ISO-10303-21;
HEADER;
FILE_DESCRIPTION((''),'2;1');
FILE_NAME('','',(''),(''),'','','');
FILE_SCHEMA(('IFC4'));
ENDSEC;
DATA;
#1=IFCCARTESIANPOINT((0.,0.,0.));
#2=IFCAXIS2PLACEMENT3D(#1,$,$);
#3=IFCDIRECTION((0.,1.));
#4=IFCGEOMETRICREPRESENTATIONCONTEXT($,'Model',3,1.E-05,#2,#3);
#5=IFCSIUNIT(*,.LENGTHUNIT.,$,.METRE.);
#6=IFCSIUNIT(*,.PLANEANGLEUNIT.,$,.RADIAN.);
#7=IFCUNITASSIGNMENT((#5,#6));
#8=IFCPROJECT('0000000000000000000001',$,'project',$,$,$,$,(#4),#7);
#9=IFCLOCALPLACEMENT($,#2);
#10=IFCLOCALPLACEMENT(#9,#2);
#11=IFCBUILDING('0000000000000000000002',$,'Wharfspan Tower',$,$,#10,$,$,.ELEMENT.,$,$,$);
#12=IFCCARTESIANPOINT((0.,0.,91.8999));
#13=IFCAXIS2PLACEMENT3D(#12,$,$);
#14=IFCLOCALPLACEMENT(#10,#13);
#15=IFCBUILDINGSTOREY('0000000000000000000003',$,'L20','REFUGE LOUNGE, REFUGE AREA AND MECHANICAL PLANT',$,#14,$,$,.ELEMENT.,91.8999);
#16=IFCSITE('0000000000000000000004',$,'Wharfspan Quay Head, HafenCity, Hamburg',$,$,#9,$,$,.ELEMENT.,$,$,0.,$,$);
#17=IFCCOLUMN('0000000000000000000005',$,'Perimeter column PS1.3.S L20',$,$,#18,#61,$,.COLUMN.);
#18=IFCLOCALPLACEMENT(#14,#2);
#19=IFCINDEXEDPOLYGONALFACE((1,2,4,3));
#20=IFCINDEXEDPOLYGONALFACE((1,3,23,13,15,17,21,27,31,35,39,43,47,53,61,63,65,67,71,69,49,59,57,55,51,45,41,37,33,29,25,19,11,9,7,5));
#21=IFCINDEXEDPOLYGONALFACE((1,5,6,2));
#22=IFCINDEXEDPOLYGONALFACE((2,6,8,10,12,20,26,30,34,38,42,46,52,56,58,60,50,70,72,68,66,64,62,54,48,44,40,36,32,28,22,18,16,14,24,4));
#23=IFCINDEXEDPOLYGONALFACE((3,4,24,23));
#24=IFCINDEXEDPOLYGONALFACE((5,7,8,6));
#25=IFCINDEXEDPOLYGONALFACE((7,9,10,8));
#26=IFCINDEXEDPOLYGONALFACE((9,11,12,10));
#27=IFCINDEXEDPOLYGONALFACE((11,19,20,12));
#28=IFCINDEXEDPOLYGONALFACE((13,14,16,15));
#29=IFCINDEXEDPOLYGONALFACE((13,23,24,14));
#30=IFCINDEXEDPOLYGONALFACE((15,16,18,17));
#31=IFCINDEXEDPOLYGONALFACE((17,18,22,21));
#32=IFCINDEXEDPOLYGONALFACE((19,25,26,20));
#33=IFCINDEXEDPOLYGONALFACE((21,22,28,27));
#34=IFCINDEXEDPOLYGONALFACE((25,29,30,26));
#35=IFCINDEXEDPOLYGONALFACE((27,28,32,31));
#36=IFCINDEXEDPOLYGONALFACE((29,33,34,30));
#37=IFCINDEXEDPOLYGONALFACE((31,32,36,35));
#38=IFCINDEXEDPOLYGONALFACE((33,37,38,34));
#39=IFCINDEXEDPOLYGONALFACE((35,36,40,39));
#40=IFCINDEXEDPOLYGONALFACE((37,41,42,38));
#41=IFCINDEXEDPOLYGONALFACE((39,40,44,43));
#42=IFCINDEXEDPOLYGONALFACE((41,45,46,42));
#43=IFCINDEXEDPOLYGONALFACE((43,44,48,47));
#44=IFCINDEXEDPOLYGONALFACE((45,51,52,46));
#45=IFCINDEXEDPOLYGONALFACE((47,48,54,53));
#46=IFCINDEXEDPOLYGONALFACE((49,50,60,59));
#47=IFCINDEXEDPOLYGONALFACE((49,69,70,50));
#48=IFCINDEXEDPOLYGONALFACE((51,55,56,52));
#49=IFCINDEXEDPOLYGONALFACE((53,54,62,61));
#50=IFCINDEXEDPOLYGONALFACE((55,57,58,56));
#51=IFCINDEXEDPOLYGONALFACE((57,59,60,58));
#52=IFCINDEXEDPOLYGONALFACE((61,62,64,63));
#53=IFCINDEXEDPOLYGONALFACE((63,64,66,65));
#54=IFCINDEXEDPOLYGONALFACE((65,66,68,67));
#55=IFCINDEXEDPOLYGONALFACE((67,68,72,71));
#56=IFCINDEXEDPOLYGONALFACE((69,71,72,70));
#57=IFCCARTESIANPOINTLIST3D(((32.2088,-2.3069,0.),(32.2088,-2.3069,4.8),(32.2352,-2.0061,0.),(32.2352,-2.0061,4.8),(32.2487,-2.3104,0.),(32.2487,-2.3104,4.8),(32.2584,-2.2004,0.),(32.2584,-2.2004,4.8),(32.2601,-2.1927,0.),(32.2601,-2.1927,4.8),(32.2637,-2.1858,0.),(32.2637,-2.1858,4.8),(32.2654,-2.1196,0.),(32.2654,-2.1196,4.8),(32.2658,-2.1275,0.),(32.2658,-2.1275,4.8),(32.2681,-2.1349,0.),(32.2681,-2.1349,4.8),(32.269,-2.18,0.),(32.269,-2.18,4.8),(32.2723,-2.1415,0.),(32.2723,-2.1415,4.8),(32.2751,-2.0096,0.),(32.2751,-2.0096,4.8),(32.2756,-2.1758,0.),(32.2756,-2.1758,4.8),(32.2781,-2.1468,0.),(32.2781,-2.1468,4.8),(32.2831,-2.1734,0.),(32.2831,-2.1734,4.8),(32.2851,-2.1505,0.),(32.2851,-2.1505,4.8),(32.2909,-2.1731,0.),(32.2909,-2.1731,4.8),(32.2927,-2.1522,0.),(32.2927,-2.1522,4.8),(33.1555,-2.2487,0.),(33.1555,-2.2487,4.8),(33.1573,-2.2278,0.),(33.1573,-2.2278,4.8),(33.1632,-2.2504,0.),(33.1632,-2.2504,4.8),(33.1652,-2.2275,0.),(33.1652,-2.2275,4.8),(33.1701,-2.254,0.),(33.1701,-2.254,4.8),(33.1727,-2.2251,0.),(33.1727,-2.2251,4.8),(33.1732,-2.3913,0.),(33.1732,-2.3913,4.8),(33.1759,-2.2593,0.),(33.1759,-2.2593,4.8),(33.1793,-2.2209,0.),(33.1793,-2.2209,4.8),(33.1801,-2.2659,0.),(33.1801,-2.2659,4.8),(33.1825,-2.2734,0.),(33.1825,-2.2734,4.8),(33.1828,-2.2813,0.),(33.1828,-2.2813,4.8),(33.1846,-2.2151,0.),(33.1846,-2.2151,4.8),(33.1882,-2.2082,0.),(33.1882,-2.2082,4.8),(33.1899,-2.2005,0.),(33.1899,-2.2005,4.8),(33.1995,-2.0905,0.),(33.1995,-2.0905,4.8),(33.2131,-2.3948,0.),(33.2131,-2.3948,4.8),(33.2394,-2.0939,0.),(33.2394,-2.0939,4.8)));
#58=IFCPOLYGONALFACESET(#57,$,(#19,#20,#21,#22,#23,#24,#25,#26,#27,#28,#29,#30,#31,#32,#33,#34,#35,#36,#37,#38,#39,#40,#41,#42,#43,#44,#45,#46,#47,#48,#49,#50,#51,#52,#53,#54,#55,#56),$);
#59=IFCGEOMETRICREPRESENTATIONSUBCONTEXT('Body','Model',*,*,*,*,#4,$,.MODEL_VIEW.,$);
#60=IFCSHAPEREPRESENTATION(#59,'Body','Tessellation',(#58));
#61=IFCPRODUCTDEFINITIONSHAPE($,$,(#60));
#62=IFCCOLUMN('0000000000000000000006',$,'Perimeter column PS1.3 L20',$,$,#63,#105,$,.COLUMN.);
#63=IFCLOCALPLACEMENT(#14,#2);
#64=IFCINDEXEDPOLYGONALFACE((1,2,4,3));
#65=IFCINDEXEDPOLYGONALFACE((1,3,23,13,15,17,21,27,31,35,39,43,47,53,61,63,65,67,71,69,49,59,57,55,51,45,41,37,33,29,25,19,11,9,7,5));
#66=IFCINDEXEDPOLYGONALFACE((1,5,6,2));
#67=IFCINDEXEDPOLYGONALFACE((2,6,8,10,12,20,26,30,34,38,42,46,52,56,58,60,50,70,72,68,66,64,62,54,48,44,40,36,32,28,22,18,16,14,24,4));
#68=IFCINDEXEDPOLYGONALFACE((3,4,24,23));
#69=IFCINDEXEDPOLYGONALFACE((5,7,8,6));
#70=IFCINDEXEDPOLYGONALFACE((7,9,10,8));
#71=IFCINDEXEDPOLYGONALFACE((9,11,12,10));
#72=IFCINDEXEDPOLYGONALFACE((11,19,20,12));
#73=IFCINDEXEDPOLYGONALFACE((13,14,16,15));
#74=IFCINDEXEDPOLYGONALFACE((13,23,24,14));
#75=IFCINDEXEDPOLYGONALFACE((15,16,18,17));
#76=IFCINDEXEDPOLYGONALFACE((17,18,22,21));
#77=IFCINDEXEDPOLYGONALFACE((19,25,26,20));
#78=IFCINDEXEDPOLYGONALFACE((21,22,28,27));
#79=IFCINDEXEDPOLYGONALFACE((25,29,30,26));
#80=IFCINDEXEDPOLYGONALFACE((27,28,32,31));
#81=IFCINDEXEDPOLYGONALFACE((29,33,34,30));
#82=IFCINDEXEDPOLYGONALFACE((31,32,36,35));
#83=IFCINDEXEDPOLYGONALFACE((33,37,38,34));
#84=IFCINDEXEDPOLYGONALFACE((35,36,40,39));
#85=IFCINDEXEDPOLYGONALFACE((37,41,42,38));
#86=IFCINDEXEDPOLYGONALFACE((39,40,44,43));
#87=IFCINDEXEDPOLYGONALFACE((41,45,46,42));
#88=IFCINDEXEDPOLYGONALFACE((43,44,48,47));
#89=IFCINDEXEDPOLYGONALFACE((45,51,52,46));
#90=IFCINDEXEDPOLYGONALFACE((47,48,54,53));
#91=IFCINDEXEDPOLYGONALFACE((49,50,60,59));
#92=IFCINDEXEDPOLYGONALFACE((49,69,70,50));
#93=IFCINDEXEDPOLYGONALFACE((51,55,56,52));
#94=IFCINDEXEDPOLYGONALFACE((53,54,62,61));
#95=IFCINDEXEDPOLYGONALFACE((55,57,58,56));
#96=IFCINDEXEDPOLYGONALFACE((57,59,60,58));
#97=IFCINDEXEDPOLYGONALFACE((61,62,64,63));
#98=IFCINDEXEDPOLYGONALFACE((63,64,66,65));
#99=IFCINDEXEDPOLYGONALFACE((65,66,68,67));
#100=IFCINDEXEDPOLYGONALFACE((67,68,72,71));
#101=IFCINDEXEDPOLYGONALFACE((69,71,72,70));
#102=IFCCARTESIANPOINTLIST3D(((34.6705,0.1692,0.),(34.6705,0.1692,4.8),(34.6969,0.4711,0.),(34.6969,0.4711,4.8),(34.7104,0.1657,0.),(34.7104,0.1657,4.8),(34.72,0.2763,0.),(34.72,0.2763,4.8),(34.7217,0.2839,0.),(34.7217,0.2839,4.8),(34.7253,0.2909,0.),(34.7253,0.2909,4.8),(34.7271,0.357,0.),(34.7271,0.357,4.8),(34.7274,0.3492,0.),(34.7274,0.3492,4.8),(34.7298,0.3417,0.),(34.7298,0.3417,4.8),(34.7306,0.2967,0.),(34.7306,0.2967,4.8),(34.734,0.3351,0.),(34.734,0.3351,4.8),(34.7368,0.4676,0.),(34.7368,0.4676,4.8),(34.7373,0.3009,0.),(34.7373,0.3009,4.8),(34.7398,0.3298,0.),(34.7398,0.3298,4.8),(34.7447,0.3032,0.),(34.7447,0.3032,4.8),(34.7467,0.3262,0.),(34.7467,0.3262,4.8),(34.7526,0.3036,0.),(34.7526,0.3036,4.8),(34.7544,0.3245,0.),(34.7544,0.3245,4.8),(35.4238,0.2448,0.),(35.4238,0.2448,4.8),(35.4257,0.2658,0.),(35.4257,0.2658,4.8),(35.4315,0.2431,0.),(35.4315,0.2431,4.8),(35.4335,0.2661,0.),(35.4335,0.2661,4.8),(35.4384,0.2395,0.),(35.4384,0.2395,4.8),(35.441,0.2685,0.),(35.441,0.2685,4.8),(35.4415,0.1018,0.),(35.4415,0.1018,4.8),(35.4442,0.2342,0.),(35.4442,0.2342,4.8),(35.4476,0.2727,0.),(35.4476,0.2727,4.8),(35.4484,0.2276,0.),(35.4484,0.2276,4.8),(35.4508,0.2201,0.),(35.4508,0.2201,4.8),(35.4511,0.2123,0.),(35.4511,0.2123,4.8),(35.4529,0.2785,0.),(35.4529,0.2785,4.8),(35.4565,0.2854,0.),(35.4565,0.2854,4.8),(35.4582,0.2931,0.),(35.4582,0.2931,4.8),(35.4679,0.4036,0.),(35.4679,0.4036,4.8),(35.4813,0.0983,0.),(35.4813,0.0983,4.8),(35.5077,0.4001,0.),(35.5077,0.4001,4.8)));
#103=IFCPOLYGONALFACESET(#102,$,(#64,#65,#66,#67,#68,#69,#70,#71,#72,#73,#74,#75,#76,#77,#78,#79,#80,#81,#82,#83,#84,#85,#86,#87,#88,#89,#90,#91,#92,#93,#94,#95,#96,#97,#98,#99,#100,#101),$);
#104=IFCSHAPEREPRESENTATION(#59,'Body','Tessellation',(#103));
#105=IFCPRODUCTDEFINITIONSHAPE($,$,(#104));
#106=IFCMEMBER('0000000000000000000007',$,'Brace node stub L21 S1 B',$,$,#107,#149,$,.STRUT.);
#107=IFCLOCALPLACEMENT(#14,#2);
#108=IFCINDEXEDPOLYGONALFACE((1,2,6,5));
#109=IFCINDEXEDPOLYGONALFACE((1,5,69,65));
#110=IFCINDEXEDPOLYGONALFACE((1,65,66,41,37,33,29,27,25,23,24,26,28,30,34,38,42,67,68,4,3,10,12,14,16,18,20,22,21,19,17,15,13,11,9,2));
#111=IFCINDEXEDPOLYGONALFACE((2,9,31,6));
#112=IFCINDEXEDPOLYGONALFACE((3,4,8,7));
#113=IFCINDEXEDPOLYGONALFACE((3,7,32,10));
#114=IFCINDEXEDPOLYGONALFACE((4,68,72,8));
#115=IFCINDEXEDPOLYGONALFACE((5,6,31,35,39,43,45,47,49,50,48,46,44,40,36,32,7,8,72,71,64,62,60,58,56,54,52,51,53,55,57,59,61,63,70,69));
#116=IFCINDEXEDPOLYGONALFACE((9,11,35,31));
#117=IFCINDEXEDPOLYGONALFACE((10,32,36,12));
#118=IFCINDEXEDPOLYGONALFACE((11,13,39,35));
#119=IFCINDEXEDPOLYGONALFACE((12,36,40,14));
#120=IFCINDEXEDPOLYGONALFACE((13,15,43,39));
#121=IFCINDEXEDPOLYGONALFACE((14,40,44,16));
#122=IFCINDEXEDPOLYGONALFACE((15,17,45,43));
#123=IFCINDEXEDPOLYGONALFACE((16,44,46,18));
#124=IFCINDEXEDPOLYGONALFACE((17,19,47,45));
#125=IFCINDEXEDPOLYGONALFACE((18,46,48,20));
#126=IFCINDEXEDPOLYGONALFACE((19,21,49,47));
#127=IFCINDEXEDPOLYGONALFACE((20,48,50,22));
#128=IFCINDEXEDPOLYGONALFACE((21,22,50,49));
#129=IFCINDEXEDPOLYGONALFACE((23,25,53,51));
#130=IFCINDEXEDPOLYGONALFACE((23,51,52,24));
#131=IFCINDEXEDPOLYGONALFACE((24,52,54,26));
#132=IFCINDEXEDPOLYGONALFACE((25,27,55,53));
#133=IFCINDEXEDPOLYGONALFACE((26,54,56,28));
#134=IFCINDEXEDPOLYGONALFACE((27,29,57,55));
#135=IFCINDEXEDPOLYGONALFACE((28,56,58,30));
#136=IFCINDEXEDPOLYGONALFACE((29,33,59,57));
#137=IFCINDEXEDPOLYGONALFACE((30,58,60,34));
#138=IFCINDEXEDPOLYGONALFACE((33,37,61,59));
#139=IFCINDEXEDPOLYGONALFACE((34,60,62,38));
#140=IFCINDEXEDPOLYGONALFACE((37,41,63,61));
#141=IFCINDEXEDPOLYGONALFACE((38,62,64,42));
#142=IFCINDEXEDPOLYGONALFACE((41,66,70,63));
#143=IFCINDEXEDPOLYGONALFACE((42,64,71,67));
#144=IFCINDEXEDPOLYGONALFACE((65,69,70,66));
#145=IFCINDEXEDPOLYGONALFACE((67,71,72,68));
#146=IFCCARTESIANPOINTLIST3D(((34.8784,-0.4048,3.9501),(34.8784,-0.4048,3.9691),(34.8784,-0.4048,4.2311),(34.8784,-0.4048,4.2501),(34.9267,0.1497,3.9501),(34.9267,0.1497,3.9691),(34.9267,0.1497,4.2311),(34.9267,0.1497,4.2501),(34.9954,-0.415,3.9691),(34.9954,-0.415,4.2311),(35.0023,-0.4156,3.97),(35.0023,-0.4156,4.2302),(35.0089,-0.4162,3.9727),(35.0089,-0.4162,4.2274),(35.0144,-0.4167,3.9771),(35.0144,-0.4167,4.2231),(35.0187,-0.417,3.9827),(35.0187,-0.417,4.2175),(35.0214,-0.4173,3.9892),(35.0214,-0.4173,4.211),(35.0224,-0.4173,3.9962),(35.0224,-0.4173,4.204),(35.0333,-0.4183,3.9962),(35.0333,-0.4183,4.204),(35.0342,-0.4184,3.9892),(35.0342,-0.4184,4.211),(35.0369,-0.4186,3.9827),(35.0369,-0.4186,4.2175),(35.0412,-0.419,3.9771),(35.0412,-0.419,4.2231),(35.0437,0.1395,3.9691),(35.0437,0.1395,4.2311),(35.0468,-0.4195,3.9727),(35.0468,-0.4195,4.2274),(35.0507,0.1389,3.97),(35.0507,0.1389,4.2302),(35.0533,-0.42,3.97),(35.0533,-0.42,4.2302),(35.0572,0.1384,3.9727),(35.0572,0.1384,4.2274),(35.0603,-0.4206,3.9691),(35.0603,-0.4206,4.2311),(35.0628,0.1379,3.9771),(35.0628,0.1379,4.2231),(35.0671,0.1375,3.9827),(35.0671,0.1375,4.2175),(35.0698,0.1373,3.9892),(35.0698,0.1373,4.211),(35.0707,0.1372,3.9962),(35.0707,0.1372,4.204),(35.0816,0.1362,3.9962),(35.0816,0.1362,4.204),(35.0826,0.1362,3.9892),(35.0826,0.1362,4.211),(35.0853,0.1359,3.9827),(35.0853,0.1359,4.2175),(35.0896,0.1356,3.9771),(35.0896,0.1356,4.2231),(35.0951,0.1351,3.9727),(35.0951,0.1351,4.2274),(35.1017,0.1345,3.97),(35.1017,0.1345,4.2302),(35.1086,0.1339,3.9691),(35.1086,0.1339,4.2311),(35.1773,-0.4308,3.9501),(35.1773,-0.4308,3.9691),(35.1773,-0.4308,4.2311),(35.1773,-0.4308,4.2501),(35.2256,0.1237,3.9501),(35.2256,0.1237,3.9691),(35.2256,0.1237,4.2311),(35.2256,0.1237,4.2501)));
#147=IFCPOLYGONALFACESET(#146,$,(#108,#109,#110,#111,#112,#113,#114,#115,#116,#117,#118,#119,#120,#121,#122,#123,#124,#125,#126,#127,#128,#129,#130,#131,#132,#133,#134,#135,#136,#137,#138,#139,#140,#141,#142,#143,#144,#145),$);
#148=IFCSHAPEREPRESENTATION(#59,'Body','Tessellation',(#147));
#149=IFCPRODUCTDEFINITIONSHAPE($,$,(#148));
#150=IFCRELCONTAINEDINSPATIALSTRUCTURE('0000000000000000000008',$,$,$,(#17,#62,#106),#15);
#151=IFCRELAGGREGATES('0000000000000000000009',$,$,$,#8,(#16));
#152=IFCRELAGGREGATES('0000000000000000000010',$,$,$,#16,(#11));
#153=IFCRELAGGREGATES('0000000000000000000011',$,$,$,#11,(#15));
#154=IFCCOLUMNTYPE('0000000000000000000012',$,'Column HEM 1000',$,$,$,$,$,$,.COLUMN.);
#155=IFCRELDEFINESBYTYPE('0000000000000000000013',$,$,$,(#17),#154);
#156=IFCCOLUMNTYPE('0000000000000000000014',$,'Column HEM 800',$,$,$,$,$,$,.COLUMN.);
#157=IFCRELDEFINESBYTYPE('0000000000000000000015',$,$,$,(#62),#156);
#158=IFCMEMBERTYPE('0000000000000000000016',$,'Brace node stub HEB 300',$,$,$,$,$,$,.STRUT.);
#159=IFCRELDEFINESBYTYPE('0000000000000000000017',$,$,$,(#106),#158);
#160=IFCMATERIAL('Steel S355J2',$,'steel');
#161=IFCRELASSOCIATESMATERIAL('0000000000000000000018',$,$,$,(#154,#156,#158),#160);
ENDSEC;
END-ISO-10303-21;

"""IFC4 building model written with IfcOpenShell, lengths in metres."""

from ifc_helpers import new_model, si_unit, direction, frame, origin, origin_2d, place, context, subcontext, project, spatial, i_section, extrude, material, material_profile, profile_set, type_object, element, save


model = new_model("IFC4")

# Units and contexts
model_context = context("Model", 3, precision=1e-05, world=origin(), true_north=direction((0.0, 1.0)))
body_context = subcontext(model_context, "Body", "Model", "MODEL_VIEW")
ifc_project = project(units=[si_unit("LENGTHUNIT", "METRE"), si_unit("PLANEANGLEUNIT", "RADIAN")], contexts=[model_context])

# Site, building, storey
site_placement = place(None, origin())
site = spatial("IfcSite", under=ifc_project, at=site_placement, Name="Wharfspan Quay Head, HafenCity, Hamburg", CompositionType="ELEMENT", RefElevation=0.0)
building_placement = place(site_placement, origin())
building = spatial("IfcBuilding", under=site, at=building_placement, Name="Wharfspan Tower", CompositionType="ELEMENT")
storey_placement = place(building_placement, frame((0.0, 0.0, 91.8999)))
storey = spatial("IfcBuildingStorey", under=building, at=storey_placement, Name="L20", Description="REFUGE LOUNGE, REFUGE AREA AND MECHANICAL PLANT", CompositionType="ELEMENT", Elevation=91.8999)

# Columns
ifc_material_1 = material(Name="Steel S355J2", Category="steel")
ifc_material_profile_1 = material_profile(ifc_material_1, i_section(OverallWidth=0.302, OverallDepth=1.0081, WebThickness=0.021, FlangeThickness=0.04, FilletRadius=0.03, at=origin_2d()))
ifc_profile_set_1 = profile_set([ifc_material_profile_1], Name="Steel S355J2")
column_type_1 = type_object("IfcColumnType", Name="Column HEM 1000", PredefinedType="COLUMN", material=ifc_profile_set_1)
column_1_placement = place(storey_placement, frame((32.7241, -2.2004, 0.0), z_axis=(0.0, 0.0, 1.0), x_axis=(-0.087156, -0.996198, 0.0)))
element("IfcColumn", 1, at=column_1_placement, inside=storey, type_object=column_type_1, Name="Perimeter column PS1.3.S L20", PredefinedType="COLUMN", context=body_context, shape_type="SweptSolid", body=[
    extrude(i_section(OverallWidth=0.302, OverallDepth=1.0081, WebThickness=0.021, FlangeThickness=0.04, FilletRadius=0.03, at=origin_2d()), origin(), (0.0, 0.0, 1.0), 4.8),
])
ifc_material_profile_2 = material_profile(ifc_material_1, i_section(OverallWidth=0.303, OverallDepth=0.814, WebThickness=0.021, FlangeThickness=0.04, FilletRadius=0.03, at=origin_2d()))
ifc_profile_set_2 = profile_set([ifc_material_profile_2], Name="Steel S355J2")
column_type_2 = type_object("IfcColumnType", Name="Column HEM 800", PredefinedType="COLUMN", material=ifc_profile_set_2)
column_2_placement = place(storey_placement, frame((35.0891, 0.2847, 0.0), z_axis=(0.0, 0.0, 1.0), x_axis=(-0.087156, -0.996198, 0.0)))
element("IfcColumn", 2, at=column_2_placement, inside=storey, type_object=column_type_2, Name="Perimeter column PS1.3 L20", PredefinedType="COLUMN", context=body_context, shape_type="SweptSolid", body=[
    extrude(i_section(OverallWidth=0.303, OverallDepth=0.814, WebThickness=0.021, FlangeThickness=0.04, FilletRadius=0.03, at=origin_2d()), origin(), (0.0, 0.0, 1.0), 4.8),
])

# Member
ifc_material_profile_3 = material_profile(ifc_material_1, i_section(OverallWidth=0.3, OverallDepth=0.3, WebThickness=0.011, FlangeThickness=0.019, FilletRadius=0.0271, at=origin_2d()))
ifc_profile_set_3 = profile_set([ifc_material_profile_3], Name="Steel S355J2")
member_type_1 = type_object("IfcMemberType", Name="Brace node stub HEB 300", PredefinedType="STRUT", material=ifc_profile_set_3)
member_1_placement = place(storey_placement, frame((35.0762, 0.1367, 4.1001), z_axis=(-0.086857, -0.996221, 0.0), x_axis=(0.996221, -0.086857, 0.0)))
element("IfcMember", 3, at=member_1_placement, inside=storey, type_object=member_type_1, Name="Brace node stub L21 S1 B", PredefinedType="STRUT", context=body_context, shape_type="SweptSolid", body=[
    extrude(i_section(OverallWidth=0.3, OverallDepth=0.3, WebThickness=0.011, FlangeThickness=0.019, FilletRadius=0.0271, at=origin_2d()), origin(), (0.0, 0.0, 1.0), 0.5566),
])

save(model, "model.ifc")
